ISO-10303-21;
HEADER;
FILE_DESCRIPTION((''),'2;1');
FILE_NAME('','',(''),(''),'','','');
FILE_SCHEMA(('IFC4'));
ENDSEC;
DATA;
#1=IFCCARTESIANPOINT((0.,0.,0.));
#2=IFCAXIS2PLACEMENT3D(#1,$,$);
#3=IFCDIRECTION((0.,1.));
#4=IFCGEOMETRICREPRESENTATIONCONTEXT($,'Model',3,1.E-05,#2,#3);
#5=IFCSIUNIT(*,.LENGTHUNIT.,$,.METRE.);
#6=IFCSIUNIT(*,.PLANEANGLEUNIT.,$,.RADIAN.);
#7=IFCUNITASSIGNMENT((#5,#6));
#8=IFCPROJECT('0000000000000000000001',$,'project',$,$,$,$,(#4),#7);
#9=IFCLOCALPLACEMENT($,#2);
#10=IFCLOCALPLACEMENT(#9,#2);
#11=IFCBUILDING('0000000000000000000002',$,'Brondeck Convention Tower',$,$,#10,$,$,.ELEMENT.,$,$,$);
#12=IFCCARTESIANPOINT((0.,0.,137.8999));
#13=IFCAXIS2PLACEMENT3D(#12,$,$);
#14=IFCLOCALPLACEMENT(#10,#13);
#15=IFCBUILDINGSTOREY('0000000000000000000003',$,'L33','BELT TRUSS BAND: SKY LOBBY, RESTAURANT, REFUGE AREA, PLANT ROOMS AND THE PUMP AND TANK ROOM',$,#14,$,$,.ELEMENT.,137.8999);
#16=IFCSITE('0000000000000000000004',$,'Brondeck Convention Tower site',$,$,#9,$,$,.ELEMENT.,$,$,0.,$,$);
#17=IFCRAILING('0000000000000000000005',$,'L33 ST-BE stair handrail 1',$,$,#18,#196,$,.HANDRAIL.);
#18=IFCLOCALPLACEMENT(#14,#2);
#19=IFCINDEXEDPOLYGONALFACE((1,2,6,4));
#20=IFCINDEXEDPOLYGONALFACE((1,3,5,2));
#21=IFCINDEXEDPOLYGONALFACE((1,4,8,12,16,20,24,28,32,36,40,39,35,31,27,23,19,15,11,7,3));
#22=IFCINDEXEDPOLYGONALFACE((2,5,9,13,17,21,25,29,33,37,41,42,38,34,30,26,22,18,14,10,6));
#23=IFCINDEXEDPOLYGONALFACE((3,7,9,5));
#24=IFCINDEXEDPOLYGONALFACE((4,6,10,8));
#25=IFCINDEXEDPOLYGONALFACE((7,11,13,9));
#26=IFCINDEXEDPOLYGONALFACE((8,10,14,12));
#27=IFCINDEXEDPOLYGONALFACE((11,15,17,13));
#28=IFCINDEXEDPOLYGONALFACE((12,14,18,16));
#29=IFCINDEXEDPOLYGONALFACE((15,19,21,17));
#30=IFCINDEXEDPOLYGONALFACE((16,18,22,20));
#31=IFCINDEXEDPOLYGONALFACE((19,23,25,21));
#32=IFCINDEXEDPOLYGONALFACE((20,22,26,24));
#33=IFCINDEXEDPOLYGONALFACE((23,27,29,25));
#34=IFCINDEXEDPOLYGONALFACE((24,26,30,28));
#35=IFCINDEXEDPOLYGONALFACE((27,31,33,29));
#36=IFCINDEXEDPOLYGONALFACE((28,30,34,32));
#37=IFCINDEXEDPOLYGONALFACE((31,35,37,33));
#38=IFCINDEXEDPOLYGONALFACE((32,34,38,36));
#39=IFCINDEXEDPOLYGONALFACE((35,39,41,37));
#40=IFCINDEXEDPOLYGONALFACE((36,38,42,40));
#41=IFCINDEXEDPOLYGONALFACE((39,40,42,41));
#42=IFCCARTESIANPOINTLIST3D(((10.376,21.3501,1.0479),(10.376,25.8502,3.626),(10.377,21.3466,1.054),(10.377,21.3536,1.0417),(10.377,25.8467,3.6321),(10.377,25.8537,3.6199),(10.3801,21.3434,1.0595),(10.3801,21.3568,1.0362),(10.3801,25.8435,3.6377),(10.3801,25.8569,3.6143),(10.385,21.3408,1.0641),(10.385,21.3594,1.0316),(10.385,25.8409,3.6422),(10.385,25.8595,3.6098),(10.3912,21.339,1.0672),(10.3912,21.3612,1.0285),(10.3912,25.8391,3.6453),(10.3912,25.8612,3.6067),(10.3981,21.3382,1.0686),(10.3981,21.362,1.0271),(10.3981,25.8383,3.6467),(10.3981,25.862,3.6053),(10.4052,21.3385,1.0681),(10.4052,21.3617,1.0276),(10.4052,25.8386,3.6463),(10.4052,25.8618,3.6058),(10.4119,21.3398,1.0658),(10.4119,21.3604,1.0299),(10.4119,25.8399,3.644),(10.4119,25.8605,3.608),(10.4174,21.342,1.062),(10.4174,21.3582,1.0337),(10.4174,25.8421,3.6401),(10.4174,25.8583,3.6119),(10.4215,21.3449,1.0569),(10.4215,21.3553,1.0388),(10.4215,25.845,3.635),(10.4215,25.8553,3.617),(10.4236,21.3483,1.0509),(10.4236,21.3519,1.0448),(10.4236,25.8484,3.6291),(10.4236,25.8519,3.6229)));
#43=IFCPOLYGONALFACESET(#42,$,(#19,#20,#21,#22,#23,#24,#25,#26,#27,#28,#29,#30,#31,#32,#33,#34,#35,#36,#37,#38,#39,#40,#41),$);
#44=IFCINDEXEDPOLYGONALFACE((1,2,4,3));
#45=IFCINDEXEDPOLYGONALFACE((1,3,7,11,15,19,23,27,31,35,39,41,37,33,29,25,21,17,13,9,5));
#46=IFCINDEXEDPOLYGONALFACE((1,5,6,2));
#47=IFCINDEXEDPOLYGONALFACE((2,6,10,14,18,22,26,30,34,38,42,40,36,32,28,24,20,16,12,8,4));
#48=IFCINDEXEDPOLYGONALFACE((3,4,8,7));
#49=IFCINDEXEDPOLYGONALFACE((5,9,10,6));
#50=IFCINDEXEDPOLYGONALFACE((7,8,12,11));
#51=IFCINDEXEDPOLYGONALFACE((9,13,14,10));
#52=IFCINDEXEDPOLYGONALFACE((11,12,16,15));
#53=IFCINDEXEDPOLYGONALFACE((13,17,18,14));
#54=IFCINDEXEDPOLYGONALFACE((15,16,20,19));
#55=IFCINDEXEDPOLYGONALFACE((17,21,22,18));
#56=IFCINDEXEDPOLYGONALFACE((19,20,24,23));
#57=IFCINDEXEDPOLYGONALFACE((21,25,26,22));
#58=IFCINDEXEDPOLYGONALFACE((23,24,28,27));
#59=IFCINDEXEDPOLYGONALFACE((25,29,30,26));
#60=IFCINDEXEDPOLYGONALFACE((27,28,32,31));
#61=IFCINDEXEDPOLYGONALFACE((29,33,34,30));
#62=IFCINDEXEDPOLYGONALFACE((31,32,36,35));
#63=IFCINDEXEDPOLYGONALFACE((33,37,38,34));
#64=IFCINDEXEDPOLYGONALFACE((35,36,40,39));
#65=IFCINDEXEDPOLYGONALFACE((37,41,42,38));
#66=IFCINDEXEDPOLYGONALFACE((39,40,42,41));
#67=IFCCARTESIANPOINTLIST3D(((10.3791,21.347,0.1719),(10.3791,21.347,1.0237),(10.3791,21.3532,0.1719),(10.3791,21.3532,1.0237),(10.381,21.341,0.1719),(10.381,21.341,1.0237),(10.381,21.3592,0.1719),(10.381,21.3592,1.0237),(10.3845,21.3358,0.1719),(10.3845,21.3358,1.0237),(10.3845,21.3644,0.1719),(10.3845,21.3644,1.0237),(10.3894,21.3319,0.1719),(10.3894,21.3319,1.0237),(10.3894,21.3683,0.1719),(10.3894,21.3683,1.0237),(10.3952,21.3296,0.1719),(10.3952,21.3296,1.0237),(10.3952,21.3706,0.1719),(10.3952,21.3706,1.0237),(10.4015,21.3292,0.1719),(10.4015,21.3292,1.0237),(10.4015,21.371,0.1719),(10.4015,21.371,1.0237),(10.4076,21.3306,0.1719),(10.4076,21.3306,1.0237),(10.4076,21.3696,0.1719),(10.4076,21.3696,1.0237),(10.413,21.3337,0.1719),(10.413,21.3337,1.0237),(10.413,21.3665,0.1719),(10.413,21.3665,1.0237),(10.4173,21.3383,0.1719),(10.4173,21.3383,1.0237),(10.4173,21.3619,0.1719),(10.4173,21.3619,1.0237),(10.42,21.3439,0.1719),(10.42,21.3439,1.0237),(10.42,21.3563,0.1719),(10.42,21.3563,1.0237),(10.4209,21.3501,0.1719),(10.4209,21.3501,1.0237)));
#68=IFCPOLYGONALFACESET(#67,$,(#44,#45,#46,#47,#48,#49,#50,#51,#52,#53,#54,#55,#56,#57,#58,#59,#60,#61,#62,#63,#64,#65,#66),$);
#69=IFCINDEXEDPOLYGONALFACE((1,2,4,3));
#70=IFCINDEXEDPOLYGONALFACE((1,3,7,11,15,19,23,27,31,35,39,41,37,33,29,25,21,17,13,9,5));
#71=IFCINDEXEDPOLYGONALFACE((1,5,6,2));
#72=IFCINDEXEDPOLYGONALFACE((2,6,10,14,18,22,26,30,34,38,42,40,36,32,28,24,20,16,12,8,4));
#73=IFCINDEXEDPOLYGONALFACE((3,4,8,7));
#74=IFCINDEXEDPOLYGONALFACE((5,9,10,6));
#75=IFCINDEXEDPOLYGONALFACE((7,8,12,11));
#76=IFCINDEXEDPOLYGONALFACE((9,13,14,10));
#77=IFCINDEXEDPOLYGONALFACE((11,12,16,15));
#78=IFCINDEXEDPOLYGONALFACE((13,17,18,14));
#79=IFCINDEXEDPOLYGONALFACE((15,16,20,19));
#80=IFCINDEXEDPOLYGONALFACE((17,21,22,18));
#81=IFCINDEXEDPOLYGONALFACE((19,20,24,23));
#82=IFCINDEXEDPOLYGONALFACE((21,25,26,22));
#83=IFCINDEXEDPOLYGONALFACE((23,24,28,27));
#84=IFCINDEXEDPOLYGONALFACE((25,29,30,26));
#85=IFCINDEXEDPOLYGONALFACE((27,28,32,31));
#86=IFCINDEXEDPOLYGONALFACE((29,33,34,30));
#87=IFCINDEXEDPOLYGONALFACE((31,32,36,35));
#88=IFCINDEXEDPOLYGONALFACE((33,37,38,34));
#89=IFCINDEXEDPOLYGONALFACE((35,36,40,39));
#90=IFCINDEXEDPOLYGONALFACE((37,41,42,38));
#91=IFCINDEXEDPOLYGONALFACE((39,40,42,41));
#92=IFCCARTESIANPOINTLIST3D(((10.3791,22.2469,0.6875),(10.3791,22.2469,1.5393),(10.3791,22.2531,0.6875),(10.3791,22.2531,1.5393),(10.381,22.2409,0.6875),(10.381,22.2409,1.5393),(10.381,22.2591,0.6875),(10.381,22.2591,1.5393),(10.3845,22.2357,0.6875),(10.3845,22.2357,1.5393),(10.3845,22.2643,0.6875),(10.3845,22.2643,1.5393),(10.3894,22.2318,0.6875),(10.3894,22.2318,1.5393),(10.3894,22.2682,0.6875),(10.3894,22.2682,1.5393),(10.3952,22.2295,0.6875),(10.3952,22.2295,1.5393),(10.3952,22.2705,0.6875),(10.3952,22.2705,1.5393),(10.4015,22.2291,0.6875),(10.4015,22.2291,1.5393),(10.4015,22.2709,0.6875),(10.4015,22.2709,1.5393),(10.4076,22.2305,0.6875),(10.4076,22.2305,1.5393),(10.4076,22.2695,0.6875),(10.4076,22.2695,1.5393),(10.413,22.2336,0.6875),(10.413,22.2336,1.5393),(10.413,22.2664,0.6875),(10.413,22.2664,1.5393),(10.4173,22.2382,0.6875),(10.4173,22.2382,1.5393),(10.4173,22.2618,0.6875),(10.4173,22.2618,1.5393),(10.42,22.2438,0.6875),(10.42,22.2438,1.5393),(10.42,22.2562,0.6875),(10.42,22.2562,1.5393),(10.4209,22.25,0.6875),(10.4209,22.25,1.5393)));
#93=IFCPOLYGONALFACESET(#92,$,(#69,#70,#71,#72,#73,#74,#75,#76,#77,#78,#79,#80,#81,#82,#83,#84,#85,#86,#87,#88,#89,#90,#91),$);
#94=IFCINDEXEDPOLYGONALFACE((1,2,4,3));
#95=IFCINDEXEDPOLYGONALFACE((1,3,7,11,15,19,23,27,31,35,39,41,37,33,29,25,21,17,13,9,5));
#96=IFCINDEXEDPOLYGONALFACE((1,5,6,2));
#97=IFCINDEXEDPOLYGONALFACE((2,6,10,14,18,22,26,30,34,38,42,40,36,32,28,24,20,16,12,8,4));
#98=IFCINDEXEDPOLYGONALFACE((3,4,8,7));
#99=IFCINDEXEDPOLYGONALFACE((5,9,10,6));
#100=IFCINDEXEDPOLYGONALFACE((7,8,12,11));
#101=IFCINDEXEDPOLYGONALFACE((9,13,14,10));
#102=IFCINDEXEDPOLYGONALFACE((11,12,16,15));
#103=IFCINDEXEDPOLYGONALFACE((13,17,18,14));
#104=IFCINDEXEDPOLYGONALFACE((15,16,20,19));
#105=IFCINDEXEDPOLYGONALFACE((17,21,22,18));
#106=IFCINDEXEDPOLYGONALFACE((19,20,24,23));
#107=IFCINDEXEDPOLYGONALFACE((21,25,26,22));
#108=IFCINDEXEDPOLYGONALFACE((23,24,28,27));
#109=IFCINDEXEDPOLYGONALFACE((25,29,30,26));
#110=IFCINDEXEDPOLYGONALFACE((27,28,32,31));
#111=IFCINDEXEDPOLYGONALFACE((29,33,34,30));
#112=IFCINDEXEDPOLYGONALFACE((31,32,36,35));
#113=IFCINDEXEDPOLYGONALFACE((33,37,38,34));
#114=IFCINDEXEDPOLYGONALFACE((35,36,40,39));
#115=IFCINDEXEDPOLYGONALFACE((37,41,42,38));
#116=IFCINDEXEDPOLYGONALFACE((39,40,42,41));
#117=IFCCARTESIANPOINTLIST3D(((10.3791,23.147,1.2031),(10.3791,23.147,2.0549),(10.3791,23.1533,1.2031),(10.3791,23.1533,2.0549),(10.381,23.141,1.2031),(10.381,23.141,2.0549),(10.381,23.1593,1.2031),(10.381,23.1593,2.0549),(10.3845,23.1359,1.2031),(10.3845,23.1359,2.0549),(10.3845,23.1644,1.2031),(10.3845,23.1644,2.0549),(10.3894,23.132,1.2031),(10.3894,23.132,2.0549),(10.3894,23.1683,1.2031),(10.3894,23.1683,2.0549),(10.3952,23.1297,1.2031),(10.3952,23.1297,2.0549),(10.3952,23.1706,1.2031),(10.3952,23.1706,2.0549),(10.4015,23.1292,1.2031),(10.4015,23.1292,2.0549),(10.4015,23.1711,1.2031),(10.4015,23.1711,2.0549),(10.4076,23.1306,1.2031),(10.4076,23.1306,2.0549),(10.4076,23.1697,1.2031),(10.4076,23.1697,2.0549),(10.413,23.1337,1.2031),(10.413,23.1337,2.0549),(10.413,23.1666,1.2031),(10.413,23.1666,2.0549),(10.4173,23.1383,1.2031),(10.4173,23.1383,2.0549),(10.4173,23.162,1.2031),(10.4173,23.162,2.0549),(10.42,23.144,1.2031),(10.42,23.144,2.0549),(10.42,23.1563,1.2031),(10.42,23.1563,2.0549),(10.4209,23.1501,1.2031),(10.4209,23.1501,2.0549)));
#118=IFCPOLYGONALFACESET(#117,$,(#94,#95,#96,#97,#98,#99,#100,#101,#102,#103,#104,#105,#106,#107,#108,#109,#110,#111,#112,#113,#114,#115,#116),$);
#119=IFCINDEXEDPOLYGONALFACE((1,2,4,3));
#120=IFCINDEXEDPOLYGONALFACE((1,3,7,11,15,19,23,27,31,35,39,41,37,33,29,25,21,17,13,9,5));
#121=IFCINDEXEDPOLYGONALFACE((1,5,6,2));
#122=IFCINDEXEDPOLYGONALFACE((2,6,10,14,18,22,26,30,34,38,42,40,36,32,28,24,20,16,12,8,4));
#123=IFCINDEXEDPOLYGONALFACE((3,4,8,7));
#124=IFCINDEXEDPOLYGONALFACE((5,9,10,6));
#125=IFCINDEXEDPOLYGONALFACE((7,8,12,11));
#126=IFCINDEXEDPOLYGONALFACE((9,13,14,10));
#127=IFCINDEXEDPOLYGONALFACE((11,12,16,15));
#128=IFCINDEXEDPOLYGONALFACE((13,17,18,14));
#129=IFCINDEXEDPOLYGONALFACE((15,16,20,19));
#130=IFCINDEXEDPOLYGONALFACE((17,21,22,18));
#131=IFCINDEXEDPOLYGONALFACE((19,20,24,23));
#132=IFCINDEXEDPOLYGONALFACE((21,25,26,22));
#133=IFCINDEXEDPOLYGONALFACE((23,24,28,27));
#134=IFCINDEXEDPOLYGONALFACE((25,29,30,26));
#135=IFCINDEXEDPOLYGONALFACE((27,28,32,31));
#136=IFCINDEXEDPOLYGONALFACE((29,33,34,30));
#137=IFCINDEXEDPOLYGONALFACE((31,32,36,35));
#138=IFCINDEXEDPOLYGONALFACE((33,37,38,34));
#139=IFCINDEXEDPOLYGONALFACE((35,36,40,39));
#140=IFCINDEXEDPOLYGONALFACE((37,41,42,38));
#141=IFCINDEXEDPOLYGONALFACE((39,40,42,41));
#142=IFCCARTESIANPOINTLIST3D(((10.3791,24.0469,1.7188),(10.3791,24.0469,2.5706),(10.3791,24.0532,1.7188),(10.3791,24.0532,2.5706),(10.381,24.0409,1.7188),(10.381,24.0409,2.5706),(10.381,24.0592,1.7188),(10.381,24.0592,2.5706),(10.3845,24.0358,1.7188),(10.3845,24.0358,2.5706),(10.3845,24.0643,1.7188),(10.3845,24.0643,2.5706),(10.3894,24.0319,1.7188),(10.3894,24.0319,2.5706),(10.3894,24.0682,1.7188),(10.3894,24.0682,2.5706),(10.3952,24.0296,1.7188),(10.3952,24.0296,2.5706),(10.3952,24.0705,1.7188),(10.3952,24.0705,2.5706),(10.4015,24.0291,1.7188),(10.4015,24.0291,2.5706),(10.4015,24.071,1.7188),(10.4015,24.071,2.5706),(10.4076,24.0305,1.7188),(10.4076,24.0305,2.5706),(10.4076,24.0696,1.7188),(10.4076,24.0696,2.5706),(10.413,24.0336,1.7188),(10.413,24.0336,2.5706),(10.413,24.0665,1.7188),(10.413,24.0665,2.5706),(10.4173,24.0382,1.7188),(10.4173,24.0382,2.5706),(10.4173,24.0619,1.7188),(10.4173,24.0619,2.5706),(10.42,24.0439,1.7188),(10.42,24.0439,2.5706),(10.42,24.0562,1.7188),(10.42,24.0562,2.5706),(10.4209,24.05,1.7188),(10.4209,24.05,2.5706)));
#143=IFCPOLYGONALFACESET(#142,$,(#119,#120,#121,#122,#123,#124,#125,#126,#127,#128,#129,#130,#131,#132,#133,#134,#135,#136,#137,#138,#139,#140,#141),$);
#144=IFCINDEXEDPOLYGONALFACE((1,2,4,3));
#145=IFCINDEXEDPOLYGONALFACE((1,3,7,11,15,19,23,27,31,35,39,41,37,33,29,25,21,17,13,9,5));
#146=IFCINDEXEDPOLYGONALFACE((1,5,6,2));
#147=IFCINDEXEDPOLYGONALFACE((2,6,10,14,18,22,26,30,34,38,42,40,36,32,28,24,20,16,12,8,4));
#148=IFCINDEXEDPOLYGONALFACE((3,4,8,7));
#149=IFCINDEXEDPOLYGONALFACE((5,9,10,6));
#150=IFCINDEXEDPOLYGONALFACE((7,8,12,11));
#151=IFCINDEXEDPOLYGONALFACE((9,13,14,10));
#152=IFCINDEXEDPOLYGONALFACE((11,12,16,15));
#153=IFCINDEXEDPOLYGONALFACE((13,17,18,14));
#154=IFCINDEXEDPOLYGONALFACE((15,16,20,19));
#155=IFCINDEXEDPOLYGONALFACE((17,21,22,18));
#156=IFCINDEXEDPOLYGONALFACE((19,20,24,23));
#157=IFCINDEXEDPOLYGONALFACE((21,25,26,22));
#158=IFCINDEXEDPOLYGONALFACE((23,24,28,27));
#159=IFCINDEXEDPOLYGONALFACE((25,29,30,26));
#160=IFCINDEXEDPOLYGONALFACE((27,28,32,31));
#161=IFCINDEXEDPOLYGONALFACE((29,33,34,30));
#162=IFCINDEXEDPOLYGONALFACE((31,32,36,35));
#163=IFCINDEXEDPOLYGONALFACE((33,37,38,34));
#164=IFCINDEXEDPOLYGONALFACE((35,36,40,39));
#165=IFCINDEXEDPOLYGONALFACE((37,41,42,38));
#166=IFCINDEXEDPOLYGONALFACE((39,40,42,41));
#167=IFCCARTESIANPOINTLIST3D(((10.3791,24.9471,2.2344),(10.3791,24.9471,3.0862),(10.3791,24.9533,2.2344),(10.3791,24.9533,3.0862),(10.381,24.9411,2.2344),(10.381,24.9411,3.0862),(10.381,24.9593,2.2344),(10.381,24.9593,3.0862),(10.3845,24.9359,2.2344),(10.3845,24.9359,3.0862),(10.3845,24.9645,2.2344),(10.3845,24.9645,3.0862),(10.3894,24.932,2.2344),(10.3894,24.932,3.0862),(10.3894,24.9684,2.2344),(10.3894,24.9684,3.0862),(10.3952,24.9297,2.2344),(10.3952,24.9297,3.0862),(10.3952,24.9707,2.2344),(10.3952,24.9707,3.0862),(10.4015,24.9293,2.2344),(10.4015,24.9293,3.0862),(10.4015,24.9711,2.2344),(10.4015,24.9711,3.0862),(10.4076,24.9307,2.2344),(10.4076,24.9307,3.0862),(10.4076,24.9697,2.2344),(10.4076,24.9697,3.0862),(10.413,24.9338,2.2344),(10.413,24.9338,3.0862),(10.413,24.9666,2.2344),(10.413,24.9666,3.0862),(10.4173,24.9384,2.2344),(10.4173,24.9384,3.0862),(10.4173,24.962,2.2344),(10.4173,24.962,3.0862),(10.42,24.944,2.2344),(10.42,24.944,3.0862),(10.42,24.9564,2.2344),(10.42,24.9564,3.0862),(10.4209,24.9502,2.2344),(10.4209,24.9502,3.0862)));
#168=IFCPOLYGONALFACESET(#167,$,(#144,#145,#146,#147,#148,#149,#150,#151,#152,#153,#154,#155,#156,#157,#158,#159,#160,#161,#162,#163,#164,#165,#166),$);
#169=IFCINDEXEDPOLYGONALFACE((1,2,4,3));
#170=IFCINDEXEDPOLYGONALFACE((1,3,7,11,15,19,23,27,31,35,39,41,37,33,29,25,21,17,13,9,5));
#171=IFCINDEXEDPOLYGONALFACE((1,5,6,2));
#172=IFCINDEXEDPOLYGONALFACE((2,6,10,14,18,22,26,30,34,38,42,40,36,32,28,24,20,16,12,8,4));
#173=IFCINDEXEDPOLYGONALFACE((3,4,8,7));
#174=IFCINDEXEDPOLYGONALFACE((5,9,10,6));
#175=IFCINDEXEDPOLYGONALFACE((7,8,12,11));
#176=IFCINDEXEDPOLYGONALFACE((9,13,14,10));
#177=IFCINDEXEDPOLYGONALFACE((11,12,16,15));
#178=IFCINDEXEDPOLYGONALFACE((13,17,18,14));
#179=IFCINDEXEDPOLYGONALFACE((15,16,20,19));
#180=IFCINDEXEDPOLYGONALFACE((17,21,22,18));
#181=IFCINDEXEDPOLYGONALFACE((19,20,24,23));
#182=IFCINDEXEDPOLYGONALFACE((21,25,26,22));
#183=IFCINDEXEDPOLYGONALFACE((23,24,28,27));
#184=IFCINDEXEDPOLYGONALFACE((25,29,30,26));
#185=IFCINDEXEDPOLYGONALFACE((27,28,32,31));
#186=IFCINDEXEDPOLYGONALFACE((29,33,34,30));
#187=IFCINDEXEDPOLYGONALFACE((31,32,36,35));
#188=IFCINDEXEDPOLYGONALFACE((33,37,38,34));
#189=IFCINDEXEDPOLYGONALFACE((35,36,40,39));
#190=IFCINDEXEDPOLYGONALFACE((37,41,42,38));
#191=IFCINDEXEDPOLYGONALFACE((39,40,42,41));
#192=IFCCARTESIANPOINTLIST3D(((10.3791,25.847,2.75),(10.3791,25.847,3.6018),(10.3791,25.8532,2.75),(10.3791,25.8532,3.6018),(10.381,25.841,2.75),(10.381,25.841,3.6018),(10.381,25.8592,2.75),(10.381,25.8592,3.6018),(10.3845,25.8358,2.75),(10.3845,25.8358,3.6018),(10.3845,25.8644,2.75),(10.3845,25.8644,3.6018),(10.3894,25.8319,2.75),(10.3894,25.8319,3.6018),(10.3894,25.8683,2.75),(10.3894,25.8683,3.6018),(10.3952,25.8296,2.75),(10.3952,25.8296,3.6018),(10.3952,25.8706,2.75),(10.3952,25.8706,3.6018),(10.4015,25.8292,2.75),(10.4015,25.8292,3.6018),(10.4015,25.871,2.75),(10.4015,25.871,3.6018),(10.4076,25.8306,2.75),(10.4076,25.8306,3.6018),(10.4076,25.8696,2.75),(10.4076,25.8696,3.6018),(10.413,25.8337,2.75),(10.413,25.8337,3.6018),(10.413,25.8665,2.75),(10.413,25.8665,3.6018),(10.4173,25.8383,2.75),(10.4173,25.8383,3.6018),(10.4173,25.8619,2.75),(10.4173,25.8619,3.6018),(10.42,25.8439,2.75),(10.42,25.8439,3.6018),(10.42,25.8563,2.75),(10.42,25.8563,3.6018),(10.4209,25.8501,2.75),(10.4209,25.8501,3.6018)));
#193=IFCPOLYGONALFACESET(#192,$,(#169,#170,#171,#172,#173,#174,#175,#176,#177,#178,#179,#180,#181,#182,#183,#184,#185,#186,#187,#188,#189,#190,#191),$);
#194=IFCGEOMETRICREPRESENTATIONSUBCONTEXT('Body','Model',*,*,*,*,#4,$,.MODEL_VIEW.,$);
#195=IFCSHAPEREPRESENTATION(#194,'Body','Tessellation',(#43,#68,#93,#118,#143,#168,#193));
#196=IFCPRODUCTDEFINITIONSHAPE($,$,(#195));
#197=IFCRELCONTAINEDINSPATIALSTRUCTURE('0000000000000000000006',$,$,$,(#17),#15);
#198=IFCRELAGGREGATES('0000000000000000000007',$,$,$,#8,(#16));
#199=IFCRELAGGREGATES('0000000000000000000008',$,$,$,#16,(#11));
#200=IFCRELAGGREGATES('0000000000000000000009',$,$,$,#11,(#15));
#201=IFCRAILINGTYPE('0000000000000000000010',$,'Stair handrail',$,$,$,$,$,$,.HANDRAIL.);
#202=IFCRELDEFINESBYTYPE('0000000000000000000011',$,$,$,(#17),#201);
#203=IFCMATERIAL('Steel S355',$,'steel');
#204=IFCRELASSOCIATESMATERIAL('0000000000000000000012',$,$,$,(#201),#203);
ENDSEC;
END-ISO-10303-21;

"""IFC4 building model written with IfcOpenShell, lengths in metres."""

from ifc_helpers import new_model, si_unit, direction, frame, origin, origin_2d, place, context, subcontext, project, spatial, circle, extrude, material, type_object, element, save


model = new_model("IFC4")

# Units and contexts
model_context = context("Model", 3, precision=1e-05, world=origin(), true_north=direction((0.0, 1.0)))
body_context = subcontext(model_context, "Body", "Model", "MODEL_VIEW")
ifc_project = project(units=[si_unit("LENGTHUNIT", "METRE"), si_unit("PLANEANGLEUNIT", "RADIAN")], contexts=[model_context])

# Site, building, storey
site_placement = place(None, origin())
site = spatial("IfcSite", under=ifc_project, at=site_placement, Name="Brondeck Convention Tower site", CompositionType="ELEMENT", RefElevation=0.0)
building_placement = place(site_placement, origin())
building = spatial("IfcBuilding", under=site, at=building_placement, Name="Brondeck Convention Tower", CompositionType="ELEMENT")
storey_placement = place(building_placement, frame((0.0, 0.0, 137.8999)))
storey = spatial("IfcBuildingStorey", under=building, at=storey_placement, Name="L33", Description="BELT TRUSS BAND: SKY LOBBY, RESTAURANT, REFUGE AREA, PLANT ROOMS AND THE PUMP AND TANK ROOM", CompositionType="ELEMENT", Elevation=137.8999)

# Shared definitions
ifc_material_1 = material(Name="Steel S355", Category="steel")

# Railing
railing_type_1 = type_object("IfcRailingType", Name="Stair handrail", PredefinedType="HANDRAIL", material=ifc_material_1)
railing_1_placement = place(storey_placement, frame((10.3999, 21.3501, 0.1719)))
element("IfcRailing", 1, at=railing_1_placement, inside=storey, type_object=railing_type_1, Name="L33 ST-BE stair handrail 1", PredefinedType="HANDRAIL", context=body_context, shape_type="SweptSolid", body=[
    extrude(circle(Radius=0.0239, at=origin_2d()), frame((0.0, 0.0, 0.876), z_axis=(0.0, 0.867686, 0.497112), x_axis=(-1.0, 0.0, 0.0)), (0.0, 0.0, 1.0), 5.1863),
    extrude(circle(Radius=0.021, at=origin_2d()), origin(), (0.0, 0.0, 1.0), 0.8518),
    extrude(circle(Radius=0.021, at=origin_2d()), frame((0.0, 0.8999, 0.5156)), (0.0, 0.0, 1.0), 0.8518),
    extrude(circle(Radius=0.021, at=origin_2d()), frame((0.0, 1.8, 1.0312)), (0.0, 0.0, 1.0), 0.8518),
    extrude(circle(Radius=0.021, at=origin_2d()), frame((0.0, 2.7, 1.5469)), (0.0, 0.0, 1.0), 0.8518),
    extrude(circle(Radius=0.021, at=origin_2d()), frame((0.0, 3.6001, 2.0625)), (0.0, 0.0, 1.0), 0.8518),
    extrude(circle(Radius=0.021, at=origin_2d()), frame((0.0, 4.5, 2.5781)), (0.0, 0.0, 1.0), 0.8518),
])

save(model, "model.ifc")
